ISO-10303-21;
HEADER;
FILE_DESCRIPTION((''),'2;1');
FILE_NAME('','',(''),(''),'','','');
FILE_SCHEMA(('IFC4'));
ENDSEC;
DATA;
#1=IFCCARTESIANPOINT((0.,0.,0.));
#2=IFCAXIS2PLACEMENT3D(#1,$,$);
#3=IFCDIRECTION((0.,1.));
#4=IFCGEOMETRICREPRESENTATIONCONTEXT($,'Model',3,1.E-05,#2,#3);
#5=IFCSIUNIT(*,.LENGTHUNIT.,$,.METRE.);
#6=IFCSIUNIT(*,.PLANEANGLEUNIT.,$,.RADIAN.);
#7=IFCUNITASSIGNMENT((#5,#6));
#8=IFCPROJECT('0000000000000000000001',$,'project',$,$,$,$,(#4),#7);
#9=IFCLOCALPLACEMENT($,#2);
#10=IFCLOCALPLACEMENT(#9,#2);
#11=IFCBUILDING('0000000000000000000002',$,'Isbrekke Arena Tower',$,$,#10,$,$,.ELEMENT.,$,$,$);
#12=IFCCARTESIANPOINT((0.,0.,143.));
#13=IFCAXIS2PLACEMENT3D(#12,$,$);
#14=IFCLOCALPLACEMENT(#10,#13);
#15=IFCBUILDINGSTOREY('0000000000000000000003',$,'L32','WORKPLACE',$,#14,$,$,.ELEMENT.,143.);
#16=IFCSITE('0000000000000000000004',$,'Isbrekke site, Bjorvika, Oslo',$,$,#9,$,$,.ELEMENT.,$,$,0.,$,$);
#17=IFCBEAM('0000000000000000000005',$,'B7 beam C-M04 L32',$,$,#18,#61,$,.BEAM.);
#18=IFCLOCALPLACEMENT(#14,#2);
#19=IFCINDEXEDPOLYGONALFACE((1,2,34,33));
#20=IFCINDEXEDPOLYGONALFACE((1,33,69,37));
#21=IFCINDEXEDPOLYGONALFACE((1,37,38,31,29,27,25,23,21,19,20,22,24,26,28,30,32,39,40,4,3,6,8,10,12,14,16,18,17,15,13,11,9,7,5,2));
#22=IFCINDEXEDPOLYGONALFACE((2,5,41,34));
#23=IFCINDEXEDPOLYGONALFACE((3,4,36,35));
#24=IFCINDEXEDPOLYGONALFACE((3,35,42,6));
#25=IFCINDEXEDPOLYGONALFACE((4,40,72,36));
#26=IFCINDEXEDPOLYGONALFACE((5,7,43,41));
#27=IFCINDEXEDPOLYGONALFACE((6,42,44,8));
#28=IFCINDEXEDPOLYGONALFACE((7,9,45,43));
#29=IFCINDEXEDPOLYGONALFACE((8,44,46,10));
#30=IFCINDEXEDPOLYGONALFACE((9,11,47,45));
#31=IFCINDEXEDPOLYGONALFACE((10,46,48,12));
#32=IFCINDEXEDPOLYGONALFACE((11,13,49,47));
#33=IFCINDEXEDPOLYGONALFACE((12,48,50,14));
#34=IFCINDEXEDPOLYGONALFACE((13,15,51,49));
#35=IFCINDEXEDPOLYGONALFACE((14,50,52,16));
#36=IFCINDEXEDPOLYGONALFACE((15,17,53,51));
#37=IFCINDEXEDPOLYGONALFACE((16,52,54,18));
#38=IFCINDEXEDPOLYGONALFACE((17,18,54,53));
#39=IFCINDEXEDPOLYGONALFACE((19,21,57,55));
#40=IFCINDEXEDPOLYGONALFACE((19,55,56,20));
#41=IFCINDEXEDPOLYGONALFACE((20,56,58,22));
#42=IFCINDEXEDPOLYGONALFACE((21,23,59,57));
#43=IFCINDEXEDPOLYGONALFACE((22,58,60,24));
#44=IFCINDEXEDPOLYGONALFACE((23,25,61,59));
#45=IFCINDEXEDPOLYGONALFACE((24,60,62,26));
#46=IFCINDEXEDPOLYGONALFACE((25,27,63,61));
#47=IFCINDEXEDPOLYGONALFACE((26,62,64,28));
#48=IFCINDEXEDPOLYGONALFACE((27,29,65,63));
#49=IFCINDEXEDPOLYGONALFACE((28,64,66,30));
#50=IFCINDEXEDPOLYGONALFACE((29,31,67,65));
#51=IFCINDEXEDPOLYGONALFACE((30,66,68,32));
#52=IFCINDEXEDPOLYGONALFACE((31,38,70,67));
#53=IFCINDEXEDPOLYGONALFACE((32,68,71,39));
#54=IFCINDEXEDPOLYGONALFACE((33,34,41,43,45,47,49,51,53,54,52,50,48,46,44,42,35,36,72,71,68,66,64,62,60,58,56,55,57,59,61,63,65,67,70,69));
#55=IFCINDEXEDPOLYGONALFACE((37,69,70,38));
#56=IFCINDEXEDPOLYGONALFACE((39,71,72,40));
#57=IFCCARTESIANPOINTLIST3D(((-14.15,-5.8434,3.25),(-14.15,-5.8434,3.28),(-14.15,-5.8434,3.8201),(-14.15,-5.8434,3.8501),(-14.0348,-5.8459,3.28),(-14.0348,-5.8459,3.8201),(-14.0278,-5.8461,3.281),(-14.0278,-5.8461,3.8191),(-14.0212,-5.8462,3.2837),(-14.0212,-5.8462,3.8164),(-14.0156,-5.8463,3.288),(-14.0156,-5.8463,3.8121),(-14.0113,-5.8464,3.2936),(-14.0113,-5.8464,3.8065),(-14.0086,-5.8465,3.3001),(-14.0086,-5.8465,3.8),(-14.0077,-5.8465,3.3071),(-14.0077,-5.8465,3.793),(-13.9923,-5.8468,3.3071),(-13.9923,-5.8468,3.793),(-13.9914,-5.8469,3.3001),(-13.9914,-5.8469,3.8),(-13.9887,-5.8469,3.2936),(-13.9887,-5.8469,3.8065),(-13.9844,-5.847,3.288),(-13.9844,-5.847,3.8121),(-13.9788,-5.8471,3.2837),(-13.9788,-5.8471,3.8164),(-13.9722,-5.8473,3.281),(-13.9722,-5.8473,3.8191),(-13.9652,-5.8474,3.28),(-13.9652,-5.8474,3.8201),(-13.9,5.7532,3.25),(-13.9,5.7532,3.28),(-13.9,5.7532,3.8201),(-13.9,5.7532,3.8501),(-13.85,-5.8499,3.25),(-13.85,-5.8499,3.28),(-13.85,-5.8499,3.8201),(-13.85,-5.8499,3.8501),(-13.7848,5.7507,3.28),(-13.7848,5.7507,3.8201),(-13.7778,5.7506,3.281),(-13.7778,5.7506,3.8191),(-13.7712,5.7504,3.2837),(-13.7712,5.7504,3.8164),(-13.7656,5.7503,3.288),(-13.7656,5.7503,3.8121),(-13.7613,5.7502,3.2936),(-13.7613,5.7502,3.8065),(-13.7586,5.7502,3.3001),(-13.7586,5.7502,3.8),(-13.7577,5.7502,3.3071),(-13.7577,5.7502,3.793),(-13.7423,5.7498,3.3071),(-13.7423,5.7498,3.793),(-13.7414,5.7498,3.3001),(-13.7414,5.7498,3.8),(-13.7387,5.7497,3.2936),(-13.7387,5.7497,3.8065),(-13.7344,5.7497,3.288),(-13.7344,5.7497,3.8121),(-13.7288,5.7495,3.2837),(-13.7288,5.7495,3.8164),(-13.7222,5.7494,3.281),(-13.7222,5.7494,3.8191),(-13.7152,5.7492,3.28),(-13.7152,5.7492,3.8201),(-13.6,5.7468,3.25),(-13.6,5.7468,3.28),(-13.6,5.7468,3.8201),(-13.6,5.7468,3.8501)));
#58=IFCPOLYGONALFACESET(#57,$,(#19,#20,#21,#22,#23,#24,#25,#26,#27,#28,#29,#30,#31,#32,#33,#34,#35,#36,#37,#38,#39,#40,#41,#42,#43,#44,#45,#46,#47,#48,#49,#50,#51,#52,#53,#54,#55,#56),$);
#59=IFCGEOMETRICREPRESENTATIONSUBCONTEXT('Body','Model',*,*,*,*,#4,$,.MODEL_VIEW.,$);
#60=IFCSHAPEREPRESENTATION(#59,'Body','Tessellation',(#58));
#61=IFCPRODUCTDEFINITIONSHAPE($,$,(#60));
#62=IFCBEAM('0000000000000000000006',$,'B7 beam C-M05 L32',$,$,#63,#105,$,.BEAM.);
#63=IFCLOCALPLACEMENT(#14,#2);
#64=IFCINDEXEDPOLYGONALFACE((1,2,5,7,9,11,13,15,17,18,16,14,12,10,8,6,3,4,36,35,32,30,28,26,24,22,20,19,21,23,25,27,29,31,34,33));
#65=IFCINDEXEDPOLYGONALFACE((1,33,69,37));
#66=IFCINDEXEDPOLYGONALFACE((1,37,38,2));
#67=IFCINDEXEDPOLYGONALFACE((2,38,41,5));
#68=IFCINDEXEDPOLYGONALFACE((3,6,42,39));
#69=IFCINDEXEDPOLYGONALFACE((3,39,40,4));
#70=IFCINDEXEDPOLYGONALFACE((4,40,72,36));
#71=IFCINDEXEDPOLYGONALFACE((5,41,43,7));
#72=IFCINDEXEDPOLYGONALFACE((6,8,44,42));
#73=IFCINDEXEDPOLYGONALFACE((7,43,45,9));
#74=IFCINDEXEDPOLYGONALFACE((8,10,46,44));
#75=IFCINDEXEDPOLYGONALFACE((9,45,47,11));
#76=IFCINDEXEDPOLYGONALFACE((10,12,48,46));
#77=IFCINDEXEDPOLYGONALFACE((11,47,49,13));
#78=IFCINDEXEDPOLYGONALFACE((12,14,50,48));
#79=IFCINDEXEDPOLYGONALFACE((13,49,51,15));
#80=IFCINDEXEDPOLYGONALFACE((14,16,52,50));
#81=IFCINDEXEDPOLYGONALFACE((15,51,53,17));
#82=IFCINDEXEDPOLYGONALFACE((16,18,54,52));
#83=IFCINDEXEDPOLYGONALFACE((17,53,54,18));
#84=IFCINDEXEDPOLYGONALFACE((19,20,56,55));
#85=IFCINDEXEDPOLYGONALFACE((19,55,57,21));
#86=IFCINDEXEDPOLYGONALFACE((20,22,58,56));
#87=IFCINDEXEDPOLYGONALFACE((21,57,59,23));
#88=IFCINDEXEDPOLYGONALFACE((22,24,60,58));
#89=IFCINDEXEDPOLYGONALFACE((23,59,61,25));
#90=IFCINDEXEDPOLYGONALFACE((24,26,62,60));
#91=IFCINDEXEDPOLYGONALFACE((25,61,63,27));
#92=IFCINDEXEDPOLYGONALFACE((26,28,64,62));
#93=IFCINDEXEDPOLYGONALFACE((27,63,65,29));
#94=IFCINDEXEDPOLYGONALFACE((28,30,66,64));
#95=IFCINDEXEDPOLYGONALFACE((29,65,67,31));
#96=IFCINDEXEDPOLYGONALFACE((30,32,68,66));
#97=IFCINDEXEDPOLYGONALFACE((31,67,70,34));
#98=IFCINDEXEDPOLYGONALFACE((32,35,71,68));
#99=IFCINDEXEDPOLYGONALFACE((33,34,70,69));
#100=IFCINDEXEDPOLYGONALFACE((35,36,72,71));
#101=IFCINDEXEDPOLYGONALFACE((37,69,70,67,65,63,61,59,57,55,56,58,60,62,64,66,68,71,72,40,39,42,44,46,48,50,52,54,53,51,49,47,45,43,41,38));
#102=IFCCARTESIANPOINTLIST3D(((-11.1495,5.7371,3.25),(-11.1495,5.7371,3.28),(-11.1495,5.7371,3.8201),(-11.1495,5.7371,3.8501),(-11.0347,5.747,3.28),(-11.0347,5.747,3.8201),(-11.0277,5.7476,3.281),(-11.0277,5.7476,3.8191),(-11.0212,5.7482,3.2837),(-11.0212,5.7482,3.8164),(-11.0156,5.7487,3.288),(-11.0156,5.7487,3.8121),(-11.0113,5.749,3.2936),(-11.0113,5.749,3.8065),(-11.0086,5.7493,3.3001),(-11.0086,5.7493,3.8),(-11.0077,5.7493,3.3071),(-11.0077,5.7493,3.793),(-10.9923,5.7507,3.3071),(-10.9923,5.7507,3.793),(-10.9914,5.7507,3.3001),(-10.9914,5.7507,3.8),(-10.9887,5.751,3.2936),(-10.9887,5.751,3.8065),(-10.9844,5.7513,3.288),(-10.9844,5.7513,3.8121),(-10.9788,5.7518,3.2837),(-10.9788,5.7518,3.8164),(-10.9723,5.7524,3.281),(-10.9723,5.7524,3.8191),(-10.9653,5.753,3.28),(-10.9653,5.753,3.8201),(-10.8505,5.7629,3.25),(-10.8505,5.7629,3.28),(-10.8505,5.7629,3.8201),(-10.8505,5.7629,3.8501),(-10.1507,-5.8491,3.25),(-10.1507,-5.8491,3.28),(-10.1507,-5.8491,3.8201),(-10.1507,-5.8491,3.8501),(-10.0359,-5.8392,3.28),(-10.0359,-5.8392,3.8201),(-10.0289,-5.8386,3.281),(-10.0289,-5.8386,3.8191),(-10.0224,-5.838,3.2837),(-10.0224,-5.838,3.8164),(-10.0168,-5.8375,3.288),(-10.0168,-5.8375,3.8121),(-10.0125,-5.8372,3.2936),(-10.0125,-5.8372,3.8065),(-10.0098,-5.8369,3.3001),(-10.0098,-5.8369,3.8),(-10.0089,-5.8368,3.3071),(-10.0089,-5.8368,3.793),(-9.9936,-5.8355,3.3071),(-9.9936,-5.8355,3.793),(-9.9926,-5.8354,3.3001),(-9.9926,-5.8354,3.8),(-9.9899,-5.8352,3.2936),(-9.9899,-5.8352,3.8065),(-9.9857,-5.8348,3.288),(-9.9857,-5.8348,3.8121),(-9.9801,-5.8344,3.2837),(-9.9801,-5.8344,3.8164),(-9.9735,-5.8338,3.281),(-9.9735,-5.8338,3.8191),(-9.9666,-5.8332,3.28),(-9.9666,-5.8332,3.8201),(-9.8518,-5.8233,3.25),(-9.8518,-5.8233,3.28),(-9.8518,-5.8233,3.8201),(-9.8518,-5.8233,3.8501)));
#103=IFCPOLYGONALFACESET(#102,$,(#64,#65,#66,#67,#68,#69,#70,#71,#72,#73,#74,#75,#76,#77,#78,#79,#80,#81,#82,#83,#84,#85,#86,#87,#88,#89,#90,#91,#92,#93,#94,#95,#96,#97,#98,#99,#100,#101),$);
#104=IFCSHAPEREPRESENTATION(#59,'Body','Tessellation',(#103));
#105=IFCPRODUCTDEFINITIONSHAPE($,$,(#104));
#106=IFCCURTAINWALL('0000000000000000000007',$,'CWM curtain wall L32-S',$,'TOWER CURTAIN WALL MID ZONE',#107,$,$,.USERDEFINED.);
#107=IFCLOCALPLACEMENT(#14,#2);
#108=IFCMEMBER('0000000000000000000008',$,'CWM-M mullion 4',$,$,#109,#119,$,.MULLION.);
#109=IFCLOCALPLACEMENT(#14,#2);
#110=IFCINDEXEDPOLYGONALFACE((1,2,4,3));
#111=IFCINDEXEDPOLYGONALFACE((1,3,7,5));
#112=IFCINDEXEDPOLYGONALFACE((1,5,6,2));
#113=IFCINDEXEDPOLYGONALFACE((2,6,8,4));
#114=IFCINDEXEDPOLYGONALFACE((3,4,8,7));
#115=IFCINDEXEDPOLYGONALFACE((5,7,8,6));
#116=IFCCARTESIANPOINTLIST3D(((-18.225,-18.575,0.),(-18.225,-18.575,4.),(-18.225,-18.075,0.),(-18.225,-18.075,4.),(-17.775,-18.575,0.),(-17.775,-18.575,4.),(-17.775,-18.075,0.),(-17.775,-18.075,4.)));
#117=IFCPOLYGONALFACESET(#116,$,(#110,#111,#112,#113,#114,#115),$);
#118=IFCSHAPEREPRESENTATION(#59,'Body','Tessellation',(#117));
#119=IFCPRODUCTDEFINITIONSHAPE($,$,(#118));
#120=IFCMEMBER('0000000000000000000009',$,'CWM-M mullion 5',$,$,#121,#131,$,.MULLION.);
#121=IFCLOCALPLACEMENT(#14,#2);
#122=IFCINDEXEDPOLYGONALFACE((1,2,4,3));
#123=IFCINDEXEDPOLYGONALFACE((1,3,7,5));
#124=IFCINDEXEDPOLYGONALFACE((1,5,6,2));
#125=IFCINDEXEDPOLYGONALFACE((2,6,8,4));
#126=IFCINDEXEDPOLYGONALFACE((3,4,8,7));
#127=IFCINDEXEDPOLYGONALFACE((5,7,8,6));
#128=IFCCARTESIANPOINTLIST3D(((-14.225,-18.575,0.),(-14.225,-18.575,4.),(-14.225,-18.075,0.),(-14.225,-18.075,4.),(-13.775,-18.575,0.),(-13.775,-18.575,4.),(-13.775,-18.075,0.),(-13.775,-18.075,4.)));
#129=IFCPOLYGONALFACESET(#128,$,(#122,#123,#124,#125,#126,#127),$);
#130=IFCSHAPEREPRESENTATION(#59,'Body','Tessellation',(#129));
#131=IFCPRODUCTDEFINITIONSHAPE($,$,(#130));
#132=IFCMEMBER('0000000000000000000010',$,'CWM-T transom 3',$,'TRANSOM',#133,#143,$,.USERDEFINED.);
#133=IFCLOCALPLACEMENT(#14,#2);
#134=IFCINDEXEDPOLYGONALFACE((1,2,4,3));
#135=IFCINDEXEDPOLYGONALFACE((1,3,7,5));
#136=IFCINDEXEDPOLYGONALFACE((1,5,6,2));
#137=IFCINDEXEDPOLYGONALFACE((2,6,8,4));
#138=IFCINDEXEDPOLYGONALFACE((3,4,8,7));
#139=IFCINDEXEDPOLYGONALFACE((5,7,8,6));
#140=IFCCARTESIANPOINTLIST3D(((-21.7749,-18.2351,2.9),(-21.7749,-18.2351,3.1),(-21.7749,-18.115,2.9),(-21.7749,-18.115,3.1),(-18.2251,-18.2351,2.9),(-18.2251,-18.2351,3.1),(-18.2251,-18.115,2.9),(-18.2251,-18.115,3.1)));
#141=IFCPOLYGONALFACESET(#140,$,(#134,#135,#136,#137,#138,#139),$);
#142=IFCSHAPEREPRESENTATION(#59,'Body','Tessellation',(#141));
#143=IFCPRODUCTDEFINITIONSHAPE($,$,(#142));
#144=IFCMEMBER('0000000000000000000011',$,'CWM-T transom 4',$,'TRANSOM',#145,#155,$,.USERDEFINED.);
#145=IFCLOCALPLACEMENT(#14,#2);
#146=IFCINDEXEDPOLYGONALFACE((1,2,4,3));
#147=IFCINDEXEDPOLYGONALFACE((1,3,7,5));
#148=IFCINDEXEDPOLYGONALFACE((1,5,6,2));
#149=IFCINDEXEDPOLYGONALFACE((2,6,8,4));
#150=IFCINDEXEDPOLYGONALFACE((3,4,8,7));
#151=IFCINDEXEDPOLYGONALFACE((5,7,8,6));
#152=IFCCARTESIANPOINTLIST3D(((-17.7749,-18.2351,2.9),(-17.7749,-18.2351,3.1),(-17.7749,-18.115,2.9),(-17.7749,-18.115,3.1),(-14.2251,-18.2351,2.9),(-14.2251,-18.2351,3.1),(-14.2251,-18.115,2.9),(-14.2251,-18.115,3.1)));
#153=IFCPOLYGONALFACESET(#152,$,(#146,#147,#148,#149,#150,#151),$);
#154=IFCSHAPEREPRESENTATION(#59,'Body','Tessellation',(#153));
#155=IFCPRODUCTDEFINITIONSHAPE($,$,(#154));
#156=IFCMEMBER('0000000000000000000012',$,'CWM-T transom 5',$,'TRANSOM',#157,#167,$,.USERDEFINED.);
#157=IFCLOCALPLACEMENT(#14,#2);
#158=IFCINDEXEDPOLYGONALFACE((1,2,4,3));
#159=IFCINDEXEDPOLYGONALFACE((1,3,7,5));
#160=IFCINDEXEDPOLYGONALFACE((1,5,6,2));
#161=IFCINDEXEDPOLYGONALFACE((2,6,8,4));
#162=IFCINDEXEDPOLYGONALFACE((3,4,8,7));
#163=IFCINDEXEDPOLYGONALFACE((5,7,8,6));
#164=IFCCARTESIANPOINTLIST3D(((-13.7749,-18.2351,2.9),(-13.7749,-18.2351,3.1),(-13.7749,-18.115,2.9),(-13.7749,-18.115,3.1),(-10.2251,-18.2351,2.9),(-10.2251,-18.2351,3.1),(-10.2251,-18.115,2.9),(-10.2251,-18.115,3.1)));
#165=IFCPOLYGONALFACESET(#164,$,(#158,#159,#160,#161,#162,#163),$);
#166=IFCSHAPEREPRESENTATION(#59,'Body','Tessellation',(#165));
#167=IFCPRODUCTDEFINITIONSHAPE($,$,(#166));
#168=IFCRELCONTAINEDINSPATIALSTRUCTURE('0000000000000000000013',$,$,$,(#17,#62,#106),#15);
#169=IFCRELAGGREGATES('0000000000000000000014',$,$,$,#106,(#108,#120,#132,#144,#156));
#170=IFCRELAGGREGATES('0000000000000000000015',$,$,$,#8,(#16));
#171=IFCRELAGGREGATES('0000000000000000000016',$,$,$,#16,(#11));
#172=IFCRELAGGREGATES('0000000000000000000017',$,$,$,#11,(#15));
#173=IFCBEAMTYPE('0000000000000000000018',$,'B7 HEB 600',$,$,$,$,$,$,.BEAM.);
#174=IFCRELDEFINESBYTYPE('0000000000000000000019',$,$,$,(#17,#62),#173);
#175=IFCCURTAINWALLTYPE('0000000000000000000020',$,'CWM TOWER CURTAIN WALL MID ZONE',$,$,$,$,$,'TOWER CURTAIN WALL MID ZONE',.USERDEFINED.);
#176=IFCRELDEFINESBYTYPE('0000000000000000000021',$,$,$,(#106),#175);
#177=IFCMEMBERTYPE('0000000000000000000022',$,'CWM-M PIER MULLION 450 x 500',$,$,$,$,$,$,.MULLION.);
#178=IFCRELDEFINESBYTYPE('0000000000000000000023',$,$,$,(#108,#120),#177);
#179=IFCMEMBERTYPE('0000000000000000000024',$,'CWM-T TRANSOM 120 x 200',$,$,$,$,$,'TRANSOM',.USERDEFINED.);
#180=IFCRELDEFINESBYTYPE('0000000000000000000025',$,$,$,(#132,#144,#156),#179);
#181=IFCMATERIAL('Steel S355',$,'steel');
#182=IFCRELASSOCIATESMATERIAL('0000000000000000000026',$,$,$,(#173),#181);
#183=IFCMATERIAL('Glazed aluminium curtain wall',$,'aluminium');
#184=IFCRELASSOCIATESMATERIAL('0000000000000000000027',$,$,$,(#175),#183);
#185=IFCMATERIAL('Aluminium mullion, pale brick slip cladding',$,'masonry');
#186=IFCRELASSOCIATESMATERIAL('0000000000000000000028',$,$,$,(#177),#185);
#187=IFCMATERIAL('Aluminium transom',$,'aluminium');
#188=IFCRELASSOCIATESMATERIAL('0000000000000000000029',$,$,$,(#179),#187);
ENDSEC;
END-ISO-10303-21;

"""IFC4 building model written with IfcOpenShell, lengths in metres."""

from ifc_helpers import new_model, si_unit, direction, frame, origin, origin_2d, place, context, subcontext, project, spatial, rectangle, i_section, extrude, material, material_profile, profile_set, type_object, element, aggregate, save


model = new_model("IFC4")

# Units and contexts
model_context = context("Model", 3, precision=1e-05, world=origin(), true_north=direction((0.0, 1.0)))
body_context = subcontext(model_context, "Body", "Model", "MODEL_VIEW")
ifc_project = project(units=[si_unit("LENGTHUNIT", "METRE"), si_unit("PLANEANGLEUNIT", "RADIAN")], contexts=[model_context])

# Site, building, storey
site_placement = place(None, origin())
site = spatial("IfcSite", under=ifc_project, at=site_placement, Name="Isbrekke site, Bjorvika, Oslo", CompositionType="ELEMENT", RefElevation=0.0)
building_placement = place(site_placement, origin())
building = spatial("IfcBuilding", under=site, at=building_placement, Name="Isbrekke Arena Tower", CompositionType="ELEMENT")
storey_placement = place(building_placement, frame((0.0, 0.0, 143.0)))
storey = spatial("IfcBuildingStorey", under=building, at=storey_placement, Name="L32", Description="WORKPLACE", CompositionType="ELEMENT", Elevation=143.0)

# Beams
ifc_material_1 = material(Name="Steel S355", Category="steel")
ifc_material_profile_1 = material_profile(ifc_material_1, i_section(OverallWidth=0.3, OverallDepth=0.6001, WebThickness=0.0154, FlangeThickness=0.03, FilletRadius=0.0271, at=origin_2d()), Name="HEB 600")
ifc_profile_set_1 = profile_set([ifc_material_profile_1], Name="Steel S355")
beam_type_1 = type_object("IfcBeamType", Name="B7 HEB 600", PredefinedType="BEAM", material=ifc_profile_set_1)
beam_1_placement = place(storey_placement, frame((-14.0, -5.8467, 3.55), z_axis=(0.021553, 0.999768, 0.0), x_axis=(-0.999768, 0.021553, 0.0)))
element("IfcBeam", 1, at=beam_1_placement, inside=storey, type_object=beam_type_1, Name="B7 beam C-M04 L32", PredefinedType="BEAM", context=body_context, shape_type="SweptSolid", body=[
    extrude(i_section(OverallWidth=0.3, OverallDepth=0.6001, WebThickness=0.0154, FlangeThickness=0.03, FilletRadius=0.0271, at=origin_2d()), origin(), (0.0, 0.0, 1.0), 11.5994),
])
beam_2_placement = place(storey_placement, frame((-10.0012, -5.8362, 3.55), z_axis=(-0.085886, 0.996305, 0.0), x_axis=(-0.996305, -0.085886, 0.0)))
element("IfcBeam", 2, at=beam_2_placement, inside=storey, type_object=beam_type_1, Name="B7 beam C-M05 L32", PredefinedType="BEAM", context=body_context, shape_type="SweptSolid", body=[
    extrude(i_section(OverallWidth=0.3, OverallDepth=0.6001, WebThickness=0.0154, FlangeThickness=0.03, FilletRadius=0.0271, at=origin_2d()), origin(), (0.0, 0.0, 1.0), 11.6292),
])

# Curtain wall, members
ifc_material_2 = material(Name="Glazed aluminium curtain wall", Category="aluminium")
curtain_wall_type = type_object("IfcCurtainWallType", Name="CWM TOWER CURTAIN WALL MID ZONE", ElementType="TOWER CURTAIN WALL MID ZONE", PredefinedType="USERDEFINED", material=ifc_material_2)
curtain_wall_placement = place(storey_placement, origin())
curtain_wall = element("IfcCurtainWall", 3, at=curtain_wall_placement, inside=storey, type_object=curtain_wall_type, Name="CWM curtain wall L32-S", ObjectType="TOWER CURTAIN WALL MID ZONE", PredefinedType="USERDEFINED")
ifc_material_3 = material(Name="Aluminium mullion, pale brick slip cladding", Category="masonry")
ifc_material_profile_2 = material_profile(ifc_material_3, rectangle(XDim=0.45, YDim=0.5, at=origin_2d()), Name="PIER 450X500")
ifc_profile_set_2 = profile_set([ifc_material_profile_2], Name="Aluminium mullion, pale brick slip cladding")
member_type_1 = type_object("IfcMemberType", Name="CWM-M PIER MULLION 450 x 500", PredefinedType="MULLION", material=ifc_profile_set_2)
member_1_placement = place(storey_placement, frame((-18.0, -18.325, 0.0), z_axis=(0.0, 0.0, 1.0), x_axis=(1.0, 0.0, 0.0)))
member_1 = element("IfcMember", 4, at=member_1_placement, type_object=member_type_1, Name="CWM-M mullion 4", PredefinedType="MULLION", context=body_context, shape_type="SweptSolid", body=[
    extrude(rectangle(XDim=0.45, YDim=0.5, at=origin_2d()), origin(), (0.0, 0.0, 1.0), 4.0),
])
member_2_placement = place(storey_placement, frame((-14.0, -18.325, 0.0), z_axis=(0.0, 0.0, 1.0), x_axis=(1.0, 0.0, 0.0)))
member_2 = element("IfcMember", 5, at=member_2_placement, type_object=member_type_1, Name="CWM-M mullion 5", PredefinedType="MULLION", context=body_context, shape_type="SweptSolid", body=[
    extrude(rectangle(XDim=0.45, YDim=0.5, at=origin_2d()), origin(), (0.0, 0.0, 1.0), 4.0),
])
ifc_material_4 = material(Name="Aluminium transom", Category="aluminium")
ifc_material_profile_3 = material_profile(ifc_material_4, rectangle(XDim=0.1201, YDim=0.2, at=origin_2d()), Name="TRANSOM 120X200")
ifc_profile_set_3 = profile_set([ifc_material_profile_3], Name="Aluminium transom")
member_type_2 = type_object("IfcMemberType", Name="CWM-T TRANSOM 120 x 200", ElementType="TRANSOM", PredefinedType="USERDEFINED", material=ifc_profile_set_3)
member_3_placement = place(storey_placement, frame((-21.7749, -18.175, 3.0), z_axis=(1.0, 0.0, 0.0), x_axis=(0.0, 1.0, 0.0)))
member_3 = element("IfcMember", 6, at=member_3_placement, type_object=member_type_2, Name="CWM-T transom 3", ObjectType="TRANSOM", PredefinedType="USERDEFINED", context=body_context, shape_type="SweptSolid", body=[
    extrude(rectangle(XDim=0.1201, YDim=0.2, at=origin_2d()), origin(), (0.0, 0.0, 1.0), 3.5498),
])
member_4_placement = place(storey_placement, frame((-17.7749, -18.175, 3.0), z_axis=(1.0, 0.0, 0.0), x_axis=(0.0, 1.0, 0.0)))
member_4 = element("IfcMember", 7, at=member_4_placement, type_object=member_type_2, Name="CWM-T transom 4", ObjectType="TRANSOM", PredefinedType="USERDEFINED", context=body_context, shape_type="SweptSolid", body=[
    extrude(rectangle(XDim=0.1201, YDim=0.2, at=origin_2d()), origin(), (0.0, 0.0, 1.0), 3.5498),
])
member_5_placement = place(storey_placement, frame((-13.7749, -18.175, 3.0), z_axis=(1.0, 0.0, 0.0), x_axis=(0.0, 1.0, 0.0)))
member_5 = element("IfcMember", 8, at=member_5_placement, type_object=member_type_2, Name="CWM-T transom 5", ObjectType="TRANSOM", PredefinedType="USERDEFINED", context=body_context, shape_type="SweptSolid", body=[
    extrude(rectangle(XDim=0.1201, YDim=0.2, at=origin_2d()), origin(), (0.0, 0.0, 1.0), 3.5498),
])

aggregate(curtain_wall, [member_1, member_2, member_3, member_4, member_5])

save(model, "model.ifc")
